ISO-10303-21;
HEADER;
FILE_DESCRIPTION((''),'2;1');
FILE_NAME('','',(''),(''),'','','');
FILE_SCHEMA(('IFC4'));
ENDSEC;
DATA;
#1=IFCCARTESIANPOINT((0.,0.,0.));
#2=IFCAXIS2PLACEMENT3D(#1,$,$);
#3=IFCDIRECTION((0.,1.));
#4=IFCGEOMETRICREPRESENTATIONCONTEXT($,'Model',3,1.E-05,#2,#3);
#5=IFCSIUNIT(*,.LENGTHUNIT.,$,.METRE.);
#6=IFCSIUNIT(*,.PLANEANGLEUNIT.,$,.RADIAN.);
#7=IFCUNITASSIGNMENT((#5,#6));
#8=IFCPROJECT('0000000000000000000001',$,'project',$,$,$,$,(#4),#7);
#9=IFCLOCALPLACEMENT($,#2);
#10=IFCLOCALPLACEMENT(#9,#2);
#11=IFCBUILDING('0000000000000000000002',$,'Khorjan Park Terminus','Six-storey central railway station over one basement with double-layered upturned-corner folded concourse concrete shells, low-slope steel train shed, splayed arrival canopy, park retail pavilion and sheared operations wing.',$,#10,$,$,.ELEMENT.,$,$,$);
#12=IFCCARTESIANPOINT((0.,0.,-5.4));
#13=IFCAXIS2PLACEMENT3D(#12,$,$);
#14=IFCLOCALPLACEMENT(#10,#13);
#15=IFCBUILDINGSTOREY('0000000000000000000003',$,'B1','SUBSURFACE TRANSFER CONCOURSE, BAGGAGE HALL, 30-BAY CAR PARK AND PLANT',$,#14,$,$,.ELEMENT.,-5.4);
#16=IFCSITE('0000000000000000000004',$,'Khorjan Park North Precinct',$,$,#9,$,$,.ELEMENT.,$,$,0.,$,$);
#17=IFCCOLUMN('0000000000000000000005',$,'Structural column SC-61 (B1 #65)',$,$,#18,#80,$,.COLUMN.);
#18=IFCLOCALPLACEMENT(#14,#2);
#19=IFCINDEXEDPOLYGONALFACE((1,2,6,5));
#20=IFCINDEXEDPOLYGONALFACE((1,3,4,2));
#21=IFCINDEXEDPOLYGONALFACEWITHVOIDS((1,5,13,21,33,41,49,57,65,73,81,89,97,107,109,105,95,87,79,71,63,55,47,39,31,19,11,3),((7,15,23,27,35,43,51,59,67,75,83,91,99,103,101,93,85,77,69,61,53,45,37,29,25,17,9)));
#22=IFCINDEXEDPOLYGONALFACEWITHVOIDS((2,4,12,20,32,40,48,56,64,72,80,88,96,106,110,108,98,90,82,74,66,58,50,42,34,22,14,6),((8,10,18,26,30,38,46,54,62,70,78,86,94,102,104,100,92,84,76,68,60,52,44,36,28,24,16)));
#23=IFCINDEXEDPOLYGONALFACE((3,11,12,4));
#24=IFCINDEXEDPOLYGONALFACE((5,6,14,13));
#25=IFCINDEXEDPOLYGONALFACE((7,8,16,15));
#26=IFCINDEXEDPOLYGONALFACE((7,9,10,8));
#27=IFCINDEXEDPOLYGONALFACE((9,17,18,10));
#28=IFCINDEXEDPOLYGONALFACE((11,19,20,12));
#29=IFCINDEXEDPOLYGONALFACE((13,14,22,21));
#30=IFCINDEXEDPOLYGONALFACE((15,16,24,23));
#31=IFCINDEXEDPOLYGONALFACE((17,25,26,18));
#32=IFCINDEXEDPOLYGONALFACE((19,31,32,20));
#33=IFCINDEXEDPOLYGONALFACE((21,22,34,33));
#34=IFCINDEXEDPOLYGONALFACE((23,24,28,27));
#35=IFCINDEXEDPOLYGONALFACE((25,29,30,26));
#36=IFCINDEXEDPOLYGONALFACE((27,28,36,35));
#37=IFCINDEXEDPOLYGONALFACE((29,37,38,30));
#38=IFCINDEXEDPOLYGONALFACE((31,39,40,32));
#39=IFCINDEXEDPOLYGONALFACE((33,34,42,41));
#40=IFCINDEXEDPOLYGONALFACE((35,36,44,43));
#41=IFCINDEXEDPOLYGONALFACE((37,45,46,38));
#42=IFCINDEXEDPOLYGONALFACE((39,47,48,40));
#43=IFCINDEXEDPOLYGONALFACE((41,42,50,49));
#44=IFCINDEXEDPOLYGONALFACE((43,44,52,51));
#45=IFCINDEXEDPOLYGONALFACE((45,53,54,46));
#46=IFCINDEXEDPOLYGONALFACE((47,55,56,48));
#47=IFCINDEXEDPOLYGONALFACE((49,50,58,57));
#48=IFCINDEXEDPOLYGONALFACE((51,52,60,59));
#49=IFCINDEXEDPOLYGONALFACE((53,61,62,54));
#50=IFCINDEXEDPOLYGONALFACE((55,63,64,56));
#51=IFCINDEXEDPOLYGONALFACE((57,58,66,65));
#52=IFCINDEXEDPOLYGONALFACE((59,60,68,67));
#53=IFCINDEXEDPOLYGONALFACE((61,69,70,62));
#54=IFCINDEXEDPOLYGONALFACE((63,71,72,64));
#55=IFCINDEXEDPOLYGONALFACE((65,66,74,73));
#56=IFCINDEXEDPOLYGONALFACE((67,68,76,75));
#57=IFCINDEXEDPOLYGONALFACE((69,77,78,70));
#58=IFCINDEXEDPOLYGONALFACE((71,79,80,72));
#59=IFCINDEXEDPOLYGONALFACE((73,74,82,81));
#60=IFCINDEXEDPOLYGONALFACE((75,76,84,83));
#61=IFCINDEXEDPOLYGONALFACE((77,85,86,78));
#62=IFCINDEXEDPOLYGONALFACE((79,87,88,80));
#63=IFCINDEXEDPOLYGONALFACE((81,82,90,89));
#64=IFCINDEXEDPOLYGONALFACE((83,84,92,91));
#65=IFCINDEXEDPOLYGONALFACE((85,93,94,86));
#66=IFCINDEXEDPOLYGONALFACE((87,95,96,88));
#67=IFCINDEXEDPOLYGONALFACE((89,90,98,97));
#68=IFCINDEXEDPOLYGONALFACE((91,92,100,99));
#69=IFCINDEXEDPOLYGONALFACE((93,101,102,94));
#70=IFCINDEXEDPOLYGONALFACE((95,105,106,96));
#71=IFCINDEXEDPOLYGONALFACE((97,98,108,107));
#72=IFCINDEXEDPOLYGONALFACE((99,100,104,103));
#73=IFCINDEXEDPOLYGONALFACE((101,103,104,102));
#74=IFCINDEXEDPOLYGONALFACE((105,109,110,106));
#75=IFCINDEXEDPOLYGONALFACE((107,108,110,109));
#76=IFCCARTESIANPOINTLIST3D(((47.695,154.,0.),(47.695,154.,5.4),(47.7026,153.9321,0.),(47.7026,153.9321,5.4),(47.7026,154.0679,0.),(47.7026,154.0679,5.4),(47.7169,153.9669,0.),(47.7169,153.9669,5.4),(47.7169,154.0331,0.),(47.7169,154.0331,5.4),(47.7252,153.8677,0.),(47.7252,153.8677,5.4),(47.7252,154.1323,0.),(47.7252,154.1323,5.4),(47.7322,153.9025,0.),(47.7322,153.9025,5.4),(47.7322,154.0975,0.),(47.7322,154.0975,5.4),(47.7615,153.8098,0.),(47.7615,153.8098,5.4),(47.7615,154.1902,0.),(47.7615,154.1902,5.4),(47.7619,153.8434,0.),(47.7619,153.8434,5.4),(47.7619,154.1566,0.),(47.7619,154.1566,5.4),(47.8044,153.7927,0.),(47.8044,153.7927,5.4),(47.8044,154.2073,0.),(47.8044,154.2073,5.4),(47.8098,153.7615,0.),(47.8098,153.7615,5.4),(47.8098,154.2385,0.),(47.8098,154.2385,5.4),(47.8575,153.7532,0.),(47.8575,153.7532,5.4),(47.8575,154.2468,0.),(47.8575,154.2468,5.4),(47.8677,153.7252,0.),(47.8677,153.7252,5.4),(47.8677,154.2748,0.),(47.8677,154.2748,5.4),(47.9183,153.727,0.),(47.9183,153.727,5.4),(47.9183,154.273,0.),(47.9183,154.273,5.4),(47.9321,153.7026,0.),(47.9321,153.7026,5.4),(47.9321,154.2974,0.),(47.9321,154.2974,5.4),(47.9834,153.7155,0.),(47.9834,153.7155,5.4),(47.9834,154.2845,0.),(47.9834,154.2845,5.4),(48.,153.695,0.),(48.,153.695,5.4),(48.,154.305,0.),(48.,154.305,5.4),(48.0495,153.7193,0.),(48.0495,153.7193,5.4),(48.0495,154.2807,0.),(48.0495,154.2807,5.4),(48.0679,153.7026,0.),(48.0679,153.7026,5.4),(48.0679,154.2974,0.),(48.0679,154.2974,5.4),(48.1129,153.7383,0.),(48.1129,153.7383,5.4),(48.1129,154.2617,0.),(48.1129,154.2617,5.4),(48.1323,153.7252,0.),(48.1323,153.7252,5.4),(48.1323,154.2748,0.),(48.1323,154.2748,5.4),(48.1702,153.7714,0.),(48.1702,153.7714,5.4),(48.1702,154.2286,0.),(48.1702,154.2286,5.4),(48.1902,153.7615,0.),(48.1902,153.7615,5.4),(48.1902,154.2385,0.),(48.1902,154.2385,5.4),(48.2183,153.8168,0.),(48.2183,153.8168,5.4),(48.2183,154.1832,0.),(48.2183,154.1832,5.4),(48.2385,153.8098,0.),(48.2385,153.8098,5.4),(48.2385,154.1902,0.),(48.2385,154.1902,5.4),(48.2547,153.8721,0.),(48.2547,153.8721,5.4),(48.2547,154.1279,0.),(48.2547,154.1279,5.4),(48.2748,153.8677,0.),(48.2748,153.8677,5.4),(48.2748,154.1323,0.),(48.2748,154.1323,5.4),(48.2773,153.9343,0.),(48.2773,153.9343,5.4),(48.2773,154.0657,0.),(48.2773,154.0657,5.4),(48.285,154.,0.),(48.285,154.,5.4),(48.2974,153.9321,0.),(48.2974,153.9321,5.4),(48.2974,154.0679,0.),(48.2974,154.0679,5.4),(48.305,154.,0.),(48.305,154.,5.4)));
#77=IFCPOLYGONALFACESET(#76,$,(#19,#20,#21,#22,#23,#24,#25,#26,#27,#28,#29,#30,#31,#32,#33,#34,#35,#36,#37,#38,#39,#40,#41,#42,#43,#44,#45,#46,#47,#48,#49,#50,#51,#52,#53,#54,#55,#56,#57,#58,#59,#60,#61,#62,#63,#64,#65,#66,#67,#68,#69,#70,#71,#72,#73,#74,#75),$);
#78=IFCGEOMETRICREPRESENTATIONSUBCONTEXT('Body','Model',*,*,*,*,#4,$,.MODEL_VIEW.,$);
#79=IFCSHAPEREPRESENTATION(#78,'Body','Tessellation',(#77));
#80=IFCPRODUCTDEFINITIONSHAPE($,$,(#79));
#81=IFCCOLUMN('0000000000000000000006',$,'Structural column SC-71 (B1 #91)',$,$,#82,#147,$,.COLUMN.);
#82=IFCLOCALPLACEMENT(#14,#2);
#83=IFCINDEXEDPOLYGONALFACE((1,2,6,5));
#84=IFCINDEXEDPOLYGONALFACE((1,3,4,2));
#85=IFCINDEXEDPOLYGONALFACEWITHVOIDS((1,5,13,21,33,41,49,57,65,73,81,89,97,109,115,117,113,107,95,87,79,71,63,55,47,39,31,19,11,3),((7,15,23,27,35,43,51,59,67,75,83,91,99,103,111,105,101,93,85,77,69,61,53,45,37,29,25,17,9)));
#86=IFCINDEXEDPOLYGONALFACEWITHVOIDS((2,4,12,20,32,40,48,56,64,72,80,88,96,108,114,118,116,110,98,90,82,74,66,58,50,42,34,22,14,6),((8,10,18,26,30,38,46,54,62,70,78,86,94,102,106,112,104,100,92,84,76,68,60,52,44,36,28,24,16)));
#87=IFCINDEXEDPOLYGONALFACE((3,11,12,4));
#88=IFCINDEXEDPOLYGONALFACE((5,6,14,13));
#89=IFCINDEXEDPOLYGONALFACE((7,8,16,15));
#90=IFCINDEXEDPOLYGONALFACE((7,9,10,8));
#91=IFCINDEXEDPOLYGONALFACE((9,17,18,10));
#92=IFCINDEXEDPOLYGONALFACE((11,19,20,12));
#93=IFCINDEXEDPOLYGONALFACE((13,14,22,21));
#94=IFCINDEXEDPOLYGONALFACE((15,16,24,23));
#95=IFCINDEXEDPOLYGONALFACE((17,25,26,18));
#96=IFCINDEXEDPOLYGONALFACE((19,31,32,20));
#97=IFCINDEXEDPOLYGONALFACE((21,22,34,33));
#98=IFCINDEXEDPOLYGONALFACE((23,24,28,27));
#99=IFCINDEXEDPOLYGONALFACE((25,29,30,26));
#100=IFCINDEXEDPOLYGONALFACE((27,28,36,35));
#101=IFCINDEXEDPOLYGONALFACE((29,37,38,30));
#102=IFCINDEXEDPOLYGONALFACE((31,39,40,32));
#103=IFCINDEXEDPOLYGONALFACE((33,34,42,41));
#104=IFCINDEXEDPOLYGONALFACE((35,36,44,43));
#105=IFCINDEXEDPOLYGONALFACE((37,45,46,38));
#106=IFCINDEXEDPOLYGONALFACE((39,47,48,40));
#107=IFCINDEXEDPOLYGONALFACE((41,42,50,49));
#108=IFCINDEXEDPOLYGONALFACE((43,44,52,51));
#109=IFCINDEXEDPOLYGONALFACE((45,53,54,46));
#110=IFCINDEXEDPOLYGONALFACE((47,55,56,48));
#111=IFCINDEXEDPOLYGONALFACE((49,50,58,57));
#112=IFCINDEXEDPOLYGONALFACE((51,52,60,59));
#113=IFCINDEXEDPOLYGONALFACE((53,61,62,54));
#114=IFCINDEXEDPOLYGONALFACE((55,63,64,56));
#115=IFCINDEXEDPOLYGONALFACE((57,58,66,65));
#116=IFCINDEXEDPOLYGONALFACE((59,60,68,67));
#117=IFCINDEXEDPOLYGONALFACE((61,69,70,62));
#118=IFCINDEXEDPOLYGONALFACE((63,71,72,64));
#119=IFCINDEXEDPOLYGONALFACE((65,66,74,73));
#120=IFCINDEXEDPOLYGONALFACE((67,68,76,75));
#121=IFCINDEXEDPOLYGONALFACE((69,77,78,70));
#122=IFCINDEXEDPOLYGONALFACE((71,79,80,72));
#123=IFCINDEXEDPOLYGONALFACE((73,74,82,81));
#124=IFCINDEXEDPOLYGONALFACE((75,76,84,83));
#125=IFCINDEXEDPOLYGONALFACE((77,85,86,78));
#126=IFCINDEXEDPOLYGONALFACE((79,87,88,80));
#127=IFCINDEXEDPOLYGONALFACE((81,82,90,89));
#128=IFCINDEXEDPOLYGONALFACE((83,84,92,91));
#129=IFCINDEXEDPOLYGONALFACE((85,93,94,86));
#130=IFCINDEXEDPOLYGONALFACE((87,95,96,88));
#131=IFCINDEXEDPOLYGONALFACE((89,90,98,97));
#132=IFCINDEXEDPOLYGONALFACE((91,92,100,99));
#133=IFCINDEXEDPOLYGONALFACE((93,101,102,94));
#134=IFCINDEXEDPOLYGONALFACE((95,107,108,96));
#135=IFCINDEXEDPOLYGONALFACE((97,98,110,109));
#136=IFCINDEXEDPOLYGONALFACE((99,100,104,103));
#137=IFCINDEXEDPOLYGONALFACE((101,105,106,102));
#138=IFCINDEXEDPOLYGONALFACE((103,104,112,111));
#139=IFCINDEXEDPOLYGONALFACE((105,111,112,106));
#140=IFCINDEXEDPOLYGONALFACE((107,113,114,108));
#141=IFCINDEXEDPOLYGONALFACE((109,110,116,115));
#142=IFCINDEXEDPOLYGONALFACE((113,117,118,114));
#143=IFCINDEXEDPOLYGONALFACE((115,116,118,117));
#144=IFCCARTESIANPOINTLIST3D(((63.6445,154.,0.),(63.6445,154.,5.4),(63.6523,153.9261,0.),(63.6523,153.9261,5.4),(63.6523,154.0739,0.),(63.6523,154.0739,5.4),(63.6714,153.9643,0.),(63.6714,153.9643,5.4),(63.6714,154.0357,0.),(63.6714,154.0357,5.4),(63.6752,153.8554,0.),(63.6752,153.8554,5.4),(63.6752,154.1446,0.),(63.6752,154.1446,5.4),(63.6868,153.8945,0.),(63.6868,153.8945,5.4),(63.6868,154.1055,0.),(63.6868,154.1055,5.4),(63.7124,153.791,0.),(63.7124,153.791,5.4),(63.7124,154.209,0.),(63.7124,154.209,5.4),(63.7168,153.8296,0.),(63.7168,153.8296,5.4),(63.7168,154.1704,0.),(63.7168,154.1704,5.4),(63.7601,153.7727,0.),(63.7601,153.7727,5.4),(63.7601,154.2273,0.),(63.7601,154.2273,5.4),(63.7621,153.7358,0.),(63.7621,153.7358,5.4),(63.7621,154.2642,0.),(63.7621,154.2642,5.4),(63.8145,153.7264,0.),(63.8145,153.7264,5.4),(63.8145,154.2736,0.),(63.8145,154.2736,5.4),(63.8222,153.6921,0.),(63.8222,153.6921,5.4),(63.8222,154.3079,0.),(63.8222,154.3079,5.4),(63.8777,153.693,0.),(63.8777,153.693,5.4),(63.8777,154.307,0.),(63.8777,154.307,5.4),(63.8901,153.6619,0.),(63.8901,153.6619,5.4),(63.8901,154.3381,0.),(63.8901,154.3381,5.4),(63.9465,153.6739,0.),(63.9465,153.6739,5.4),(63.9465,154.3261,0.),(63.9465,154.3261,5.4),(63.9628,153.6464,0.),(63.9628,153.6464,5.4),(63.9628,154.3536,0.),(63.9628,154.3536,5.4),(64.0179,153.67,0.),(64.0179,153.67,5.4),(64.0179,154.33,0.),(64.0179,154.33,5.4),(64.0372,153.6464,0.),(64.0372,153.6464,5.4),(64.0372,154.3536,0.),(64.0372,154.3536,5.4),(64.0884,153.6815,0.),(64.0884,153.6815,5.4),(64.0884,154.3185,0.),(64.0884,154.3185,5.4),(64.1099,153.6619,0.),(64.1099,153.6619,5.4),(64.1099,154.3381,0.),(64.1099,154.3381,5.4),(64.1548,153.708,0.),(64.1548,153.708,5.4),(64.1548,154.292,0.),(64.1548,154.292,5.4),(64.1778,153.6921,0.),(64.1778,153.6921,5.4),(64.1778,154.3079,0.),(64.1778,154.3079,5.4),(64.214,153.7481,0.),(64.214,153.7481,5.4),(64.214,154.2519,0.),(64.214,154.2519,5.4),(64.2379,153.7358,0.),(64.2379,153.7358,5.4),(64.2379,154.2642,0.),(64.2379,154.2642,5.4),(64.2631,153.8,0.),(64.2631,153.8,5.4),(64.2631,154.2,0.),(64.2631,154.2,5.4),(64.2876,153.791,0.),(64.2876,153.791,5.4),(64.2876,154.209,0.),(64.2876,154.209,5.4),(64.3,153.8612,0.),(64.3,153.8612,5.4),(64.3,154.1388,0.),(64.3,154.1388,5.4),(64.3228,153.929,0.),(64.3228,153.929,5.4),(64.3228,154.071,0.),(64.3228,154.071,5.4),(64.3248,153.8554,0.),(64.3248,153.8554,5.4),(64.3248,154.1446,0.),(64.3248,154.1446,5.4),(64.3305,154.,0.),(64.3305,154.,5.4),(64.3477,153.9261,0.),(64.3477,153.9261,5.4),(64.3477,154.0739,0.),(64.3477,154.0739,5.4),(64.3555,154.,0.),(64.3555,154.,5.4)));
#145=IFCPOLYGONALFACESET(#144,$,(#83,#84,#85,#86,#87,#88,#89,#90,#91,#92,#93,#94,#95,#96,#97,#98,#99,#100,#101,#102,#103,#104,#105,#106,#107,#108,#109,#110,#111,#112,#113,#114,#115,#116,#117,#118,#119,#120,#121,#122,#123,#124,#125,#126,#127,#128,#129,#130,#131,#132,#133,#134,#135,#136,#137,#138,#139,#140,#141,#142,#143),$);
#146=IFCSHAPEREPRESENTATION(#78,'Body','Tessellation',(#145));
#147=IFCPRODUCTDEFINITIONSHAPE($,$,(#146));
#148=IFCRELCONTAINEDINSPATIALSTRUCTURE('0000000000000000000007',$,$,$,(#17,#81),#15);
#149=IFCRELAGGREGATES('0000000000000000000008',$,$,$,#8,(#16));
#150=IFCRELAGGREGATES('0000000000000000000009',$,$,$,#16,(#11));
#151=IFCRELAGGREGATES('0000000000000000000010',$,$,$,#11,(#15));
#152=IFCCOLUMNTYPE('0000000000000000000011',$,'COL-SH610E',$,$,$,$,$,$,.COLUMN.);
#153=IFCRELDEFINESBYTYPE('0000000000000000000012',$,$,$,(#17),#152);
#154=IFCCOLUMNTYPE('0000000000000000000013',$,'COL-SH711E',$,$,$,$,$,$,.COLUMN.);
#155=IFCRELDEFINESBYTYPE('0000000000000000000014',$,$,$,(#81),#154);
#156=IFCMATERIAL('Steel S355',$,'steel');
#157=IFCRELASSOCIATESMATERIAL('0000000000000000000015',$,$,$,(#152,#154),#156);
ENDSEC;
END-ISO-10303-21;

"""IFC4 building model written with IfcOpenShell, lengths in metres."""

from ifc_helpers import new_model, si_unit, direction, frame, origin, origin_2d, place, context, subcontext, project, spatial, hollow_circle, extrude, material, material_profile, profile_set, type_object, element, save


model = new_model("IFC4")

# Units and contexts
model_context = context("Model", 3, precision=1e-05, world=origin(), true_north=direction((0.0, 1.0)))
body_context = subcontext(model_context, "Body", "Model", "MODEL_VIEW")
ifc_project = project(units=[si_unit("LENGTHUNIT", "METRE"), si_unit("PLANEANGLEUNIT", "RADIAN")], contexts=[model_context])

# Site, building, storey
site_placement = place(None, origin())
site = spatial("IfcSite", under=ifc_project, at=site_placement, Name="Khorjan Park North Precinct", CompositionType="ELEMENT", RefElevation=0.0)
building_placement = place(site_placement, origin())
building = spatial("IfcBuilding", under=site, at=building_placement, Name="Khorjan Park Terminus", Description="Six-storey central railway station over one basement with double-layered upturned-corner folded concourse concrete shells, low-slope steel train shed, splayed arrival canopy, park retail pavilion and sheared operations wing.", CompositionType="ELEMENT")
storey_placement = place(building_placement, frame((0.0, 0.0, -5.4)))
storey = spatial("IfcBuildingStorey", under=building, at=storey_placement, Name="B1", Description="SUBSURFACE TRANSFER CONCOURSE, BAGGAGE HALL, 30-BAY CAR PARK AND PLANT", CompositionType="ELEMENT", Elevation=-5.4)

# Columns
ifc_material_1 = material(Name="Steel S355", Category="steel")
ifc_material_profile_1 = material_profile(ifc_material_1, hollow_circle(Radius=0.305, WallThickness=0.02, at=origin_2d()), Name="CHS 610x20")
ifc_profile_set_1 = profile_set([ifc_material_profile_1], Name="Steel S355")
column_type_1 = type_object("IfcColumnType", Name="COL-SH610E", PredefinedType="COLUMN", material=ifc_profile_set_1)
column_1_placement = place(storey_placement, frame((48.0, 154.0, 0.0), z_axis=(0.0, 0.0, 1.0), x_axis=(1.0, 0.0, 0.0)))
element("IfcColumn", 1, at=column_1_placement, inside=storey, type_object=column_type_1, Name="Structural column SC-61 (B1 #65)", PredefinedType="COLUMN", context=body_context, shape_type="SweptSolid", body=[
    extrude(hollow_circle(Radius=0.305, WallThickness=0.02, at=origin_2d()), origin(), (0.0, 0.0, 1.0), 5.4),
])
ifc_material_profile_2 = material_profile(ifc_material_1, hollow_circle(Radius=0.3555, WallThickness=0.025, at=origin_2d()), Name="CHS 711x25")
ifc_profile_set_2 = profile_set([ifc_material_profile_2], Name="Steel S355")
column_type_2 = type_object("IfcColumnType", Name="COL-SH711E", PredefinedType="COLUMN", material=ifc_profile_set_2)
column_2_placement = place(storey_placement, frame((64.0, 154.0, 0.0), z_axis=(0.0, 0.0, 1.0), x_axis=(1.0, 0.0, 0.0)))
element("IfcColumn", 2, at=column_2_placement, inside=storey, type_object=column_type_2, Name="Structural column SC-71 (B1 #91)", PredefinedType="COLUMN", context=body_context, shape_type="SweptSolid", body=[
    extrude(hollow_circle(Radius=0.3555, WallThickness=0.025, at=origin_2d()), origin(), (0.0, 0.0, 1.0), 5.4),
])

save(model, "model.ifc")
